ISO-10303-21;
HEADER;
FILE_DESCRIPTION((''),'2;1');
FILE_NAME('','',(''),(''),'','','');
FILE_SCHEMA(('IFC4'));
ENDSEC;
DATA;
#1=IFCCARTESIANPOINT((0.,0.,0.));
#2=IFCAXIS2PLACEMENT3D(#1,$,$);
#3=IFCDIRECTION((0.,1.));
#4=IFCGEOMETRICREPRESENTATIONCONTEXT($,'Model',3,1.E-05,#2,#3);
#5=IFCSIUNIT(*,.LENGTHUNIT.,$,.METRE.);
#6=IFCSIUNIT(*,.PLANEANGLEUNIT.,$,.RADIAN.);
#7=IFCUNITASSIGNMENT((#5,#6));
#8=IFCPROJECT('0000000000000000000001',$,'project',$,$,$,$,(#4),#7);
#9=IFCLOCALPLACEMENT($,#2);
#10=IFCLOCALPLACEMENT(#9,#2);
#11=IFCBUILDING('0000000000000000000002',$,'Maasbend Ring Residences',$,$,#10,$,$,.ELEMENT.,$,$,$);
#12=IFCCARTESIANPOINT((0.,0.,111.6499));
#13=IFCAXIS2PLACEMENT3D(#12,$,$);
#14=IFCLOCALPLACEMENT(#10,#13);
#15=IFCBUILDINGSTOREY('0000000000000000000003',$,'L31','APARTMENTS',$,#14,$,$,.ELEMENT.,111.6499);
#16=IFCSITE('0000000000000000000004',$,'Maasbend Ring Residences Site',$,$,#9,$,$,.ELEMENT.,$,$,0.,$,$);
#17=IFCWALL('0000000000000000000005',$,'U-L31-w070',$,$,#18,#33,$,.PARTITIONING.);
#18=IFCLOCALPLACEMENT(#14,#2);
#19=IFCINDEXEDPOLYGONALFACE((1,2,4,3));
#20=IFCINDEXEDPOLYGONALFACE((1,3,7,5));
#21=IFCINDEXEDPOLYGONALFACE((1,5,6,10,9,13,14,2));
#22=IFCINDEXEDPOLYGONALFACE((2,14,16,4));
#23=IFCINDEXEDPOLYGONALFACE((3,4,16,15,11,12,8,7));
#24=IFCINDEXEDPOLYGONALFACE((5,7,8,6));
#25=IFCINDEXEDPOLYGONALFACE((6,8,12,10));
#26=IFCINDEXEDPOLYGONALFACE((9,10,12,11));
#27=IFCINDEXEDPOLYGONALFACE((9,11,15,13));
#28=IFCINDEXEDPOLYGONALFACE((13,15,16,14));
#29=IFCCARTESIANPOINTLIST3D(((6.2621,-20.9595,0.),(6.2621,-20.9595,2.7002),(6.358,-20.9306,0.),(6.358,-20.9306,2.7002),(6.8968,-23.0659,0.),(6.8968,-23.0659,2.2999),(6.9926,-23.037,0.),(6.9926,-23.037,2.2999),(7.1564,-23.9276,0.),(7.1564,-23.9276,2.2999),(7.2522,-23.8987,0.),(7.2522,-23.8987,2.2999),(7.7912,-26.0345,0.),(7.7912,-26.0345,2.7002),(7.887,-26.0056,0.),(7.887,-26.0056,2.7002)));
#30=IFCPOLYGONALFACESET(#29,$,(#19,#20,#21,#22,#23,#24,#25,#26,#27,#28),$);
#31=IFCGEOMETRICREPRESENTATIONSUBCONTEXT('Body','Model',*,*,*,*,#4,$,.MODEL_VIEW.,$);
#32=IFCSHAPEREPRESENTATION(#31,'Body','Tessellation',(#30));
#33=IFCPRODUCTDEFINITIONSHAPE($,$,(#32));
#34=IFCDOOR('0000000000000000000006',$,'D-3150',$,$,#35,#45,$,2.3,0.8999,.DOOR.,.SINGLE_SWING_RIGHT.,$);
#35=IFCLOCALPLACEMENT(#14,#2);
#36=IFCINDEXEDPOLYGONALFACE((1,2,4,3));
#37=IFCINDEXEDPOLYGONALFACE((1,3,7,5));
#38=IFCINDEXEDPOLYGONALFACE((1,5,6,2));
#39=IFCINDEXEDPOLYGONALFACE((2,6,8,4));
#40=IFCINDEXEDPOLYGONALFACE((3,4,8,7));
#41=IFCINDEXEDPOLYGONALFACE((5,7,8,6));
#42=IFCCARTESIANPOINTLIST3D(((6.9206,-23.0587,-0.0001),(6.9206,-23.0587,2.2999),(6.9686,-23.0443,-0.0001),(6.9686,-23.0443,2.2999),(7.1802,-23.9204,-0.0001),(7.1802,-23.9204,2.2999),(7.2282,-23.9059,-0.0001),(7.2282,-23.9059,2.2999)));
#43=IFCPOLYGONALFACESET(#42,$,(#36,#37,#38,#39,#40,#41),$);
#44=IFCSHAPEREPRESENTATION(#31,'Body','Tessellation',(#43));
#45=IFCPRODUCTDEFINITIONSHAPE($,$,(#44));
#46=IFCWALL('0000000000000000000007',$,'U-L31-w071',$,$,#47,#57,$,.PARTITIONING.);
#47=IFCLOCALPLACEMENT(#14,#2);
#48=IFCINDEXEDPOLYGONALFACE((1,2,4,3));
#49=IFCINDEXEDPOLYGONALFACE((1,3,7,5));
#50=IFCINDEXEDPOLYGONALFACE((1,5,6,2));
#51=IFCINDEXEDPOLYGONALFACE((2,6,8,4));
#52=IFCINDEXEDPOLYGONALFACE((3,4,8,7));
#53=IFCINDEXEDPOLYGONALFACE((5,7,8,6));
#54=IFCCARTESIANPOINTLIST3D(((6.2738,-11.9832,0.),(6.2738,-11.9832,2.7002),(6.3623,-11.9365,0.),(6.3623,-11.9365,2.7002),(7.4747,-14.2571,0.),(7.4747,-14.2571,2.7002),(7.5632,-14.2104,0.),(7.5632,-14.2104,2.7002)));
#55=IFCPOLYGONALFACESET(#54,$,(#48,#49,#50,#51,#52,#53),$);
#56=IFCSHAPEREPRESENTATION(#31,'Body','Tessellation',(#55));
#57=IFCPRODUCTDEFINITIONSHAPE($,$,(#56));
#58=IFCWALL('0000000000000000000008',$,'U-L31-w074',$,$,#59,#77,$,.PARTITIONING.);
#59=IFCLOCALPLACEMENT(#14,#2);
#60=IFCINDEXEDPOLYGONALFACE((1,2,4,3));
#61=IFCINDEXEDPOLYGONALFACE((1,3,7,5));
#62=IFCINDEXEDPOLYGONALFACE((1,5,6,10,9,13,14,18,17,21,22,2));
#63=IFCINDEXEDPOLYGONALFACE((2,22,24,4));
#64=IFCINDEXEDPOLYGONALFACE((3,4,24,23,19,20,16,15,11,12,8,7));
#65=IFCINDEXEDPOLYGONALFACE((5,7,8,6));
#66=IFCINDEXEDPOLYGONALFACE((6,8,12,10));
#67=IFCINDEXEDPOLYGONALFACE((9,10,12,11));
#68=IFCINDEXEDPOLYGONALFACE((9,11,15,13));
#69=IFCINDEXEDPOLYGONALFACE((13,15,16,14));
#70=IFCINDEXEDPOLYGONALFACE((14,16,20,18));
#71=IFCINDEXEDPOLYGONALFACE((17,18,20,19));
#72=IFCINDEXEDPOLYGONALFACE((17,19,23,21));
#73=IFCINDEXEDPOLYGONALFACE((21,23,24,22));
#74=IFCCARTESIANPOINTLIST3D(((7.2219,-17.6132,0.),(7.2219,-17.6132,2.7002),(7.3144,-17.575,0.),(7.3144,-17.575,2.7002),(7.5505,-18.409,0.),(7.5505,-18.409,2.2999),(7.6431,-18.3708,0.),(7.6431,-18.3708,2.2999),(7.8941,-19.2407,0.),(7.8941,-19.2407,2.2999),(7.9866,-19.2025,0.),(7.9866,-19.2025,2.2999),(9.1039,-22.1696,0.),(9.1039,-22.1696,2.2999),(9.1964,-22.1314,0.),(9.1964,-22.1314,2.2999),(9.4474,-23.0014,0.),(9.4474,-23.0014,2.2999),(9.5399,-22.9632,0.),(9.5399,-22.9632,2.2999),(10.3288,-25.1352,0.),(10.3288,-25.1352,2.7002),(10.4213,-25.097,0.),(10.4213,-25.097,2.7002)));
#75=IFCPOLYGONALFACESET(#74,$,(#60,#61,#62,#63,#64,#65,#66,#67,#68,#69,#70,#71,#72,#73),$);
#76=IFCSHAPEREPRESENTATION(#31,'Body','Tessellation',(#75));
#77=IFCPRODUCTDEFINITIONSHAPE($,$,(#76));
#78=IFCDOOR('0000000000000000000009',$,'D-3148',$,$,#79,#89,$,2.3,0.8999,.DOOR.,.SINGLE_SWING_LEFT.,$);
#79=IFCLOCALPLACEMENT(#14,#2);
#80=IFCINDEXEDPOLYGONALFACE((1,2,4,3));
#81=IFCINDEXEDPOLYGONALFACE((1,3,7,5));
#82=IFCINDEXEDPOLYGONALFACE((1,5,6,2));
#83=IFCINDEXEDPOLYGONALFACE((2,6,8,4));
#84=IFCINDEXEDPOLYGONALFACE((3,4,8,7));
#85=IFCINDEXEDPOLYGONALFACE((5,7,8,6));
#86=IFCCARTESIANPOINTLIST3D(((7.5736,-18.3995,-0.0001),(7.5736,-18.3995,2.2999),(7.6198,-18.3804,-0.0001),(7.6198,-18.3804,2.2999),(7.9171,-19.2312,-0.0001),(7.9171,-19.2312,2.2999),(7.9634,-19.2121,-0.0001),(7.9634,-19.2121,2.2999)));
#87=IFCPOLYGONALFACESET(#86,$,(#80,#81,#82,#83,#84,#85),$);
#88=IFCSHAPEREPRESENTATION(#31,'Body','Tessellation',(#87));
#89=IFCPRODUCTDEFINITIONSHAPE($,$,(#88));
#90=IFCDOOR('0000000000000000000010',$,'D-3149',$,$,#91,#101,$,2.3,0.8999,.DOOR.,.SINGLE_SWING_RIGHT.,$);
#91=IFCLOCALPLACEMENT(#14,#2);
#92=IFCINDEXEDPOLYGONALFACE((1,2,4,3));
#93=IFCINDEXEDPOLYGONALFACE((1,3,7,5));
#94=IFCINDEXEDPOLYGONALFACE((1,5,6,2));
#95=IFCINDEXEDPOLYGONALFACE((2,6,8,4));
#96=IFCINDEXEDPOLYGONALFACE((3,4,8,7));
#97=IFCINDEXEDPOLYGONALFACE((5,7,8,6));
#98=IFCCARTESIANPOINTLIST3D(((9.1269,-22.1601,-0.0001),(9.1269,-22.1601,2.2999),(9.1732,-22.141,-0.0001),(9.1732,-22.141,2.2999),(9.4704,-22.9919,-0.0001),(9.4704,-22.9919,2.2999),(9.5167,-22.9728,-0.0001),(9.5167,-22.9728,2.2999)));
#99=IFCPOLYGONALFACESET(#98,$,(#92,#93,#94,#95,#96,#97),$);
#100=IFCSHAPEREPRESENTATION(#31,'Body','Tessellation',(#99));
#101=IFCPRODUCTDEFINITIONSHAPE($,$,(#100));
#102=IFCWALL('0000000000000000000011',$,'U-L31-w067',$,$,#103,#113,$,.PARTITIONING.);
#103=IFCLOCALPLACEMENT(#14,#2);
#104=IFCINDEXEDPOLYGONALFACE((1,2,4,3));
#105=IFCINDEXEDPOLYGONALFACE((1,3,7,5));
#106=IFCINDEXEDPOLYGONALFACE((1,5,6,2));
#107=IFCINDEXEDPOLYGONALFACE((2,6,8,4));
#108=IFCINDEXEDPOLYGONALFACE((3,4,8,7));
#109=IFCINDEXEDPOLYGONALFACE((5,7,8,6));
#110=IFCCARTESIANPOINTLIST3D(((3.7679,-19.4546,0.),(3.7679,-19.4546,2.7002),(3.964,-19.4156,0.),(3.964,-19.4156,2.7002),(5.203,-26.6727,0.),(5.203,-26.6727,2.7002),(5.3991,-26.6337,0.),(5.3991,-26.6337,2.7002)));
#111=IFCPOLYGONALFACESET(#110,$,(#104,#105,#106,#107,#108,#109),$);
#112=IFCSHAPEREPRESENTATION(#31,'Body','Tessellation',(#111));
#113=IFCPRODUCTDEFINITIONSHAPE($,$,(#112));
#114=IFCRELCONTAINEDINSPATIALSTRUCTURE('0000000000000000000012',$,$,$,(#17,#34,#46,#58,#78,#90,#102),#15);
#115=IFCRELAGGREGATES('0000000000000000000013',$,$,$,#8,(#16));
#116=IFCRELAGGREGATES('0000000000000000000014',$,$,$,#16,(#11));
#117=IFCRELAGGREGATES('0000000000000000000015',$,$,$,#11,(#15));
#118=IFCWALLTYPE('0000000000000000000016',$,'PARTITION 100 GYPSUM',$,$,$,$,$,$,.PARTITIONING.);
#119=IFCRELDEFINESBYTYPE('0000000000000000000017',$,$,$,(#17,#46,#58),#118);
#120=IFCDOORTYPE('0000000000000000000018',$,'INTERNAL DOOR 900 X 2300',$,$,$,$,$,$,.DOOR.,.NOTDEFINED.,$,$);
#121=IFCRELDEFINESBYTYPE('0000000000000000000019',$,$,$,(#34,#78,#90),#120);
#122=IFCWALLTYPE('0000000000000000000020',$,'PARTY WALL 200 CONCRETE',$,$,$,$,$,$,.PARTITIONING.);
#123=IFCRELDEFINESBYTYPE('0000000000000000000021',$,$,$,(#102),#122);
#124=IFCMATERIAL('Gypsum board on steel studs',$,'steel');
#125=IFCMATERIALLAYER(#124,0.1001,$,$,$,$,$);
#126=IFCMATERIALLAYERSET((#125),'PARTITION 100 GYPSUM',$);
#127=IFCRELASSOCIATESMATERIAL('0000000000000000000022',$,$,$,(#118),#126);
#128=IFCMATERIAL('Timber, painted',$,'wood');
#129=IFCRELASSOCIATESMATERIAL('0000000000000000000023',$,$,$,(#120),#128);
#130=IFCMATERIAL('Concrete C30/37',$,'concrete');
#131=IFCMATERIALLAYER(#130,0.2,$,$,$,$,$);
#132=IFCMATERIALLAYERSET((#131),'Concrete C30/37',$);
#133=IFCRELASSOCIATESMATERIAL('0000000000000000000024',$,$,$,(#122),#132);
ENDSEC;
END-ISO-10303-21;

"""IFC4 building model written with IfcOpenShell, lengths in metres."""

from ifc_helpers import new_model, si_unit, direction, frame, frame_2d, origin, place, context, subcontext, project, spatial, rectangle, extrude, material, layer, layer_set, type_object, element, fill, save


model = new_model("IFC4")

# Units and contexts
model_context = context("Model", 3, precision=1e-05, world=origin(), true_north=direction((0.0, 1.0)))
body_context = subcontext(model_context, "Body", "Model", "MODEL_VIEW")
ifc_project = project(units=[si_unit("LENGTHUNIT", "METRE"), si_unit("PLANEANGLEUNIT", "RADIAN")], contexts=[model_context])

# Site, building, storey
site_placement = place(None, origin())
site = spatial("IfcSite", under=ifc_project, at=site_placement, Name="Maasbend Ring Residences Site", CompositionType="ELEMENT", RefElevation=0.0)
building_placement = place(site_placement, origin())
building = spatial("IfcBuilding", under=site, at=building_placement, Name="Maasbend Ring Residences", CompositionType="ELEMENT")
storey_placement = place(building_placement, frame((0.0, 0.0, 111.6499)))
storey = spatial("IfcBuildingStorey", under=building, at=storey_placement, Name="L31", Description="APARTMENTS", CompositionType="ELEMENT", Elevation=111.6499)

# Shared definitions
ifc_material_1 = material(Name="Gypsum board on steel studs", Category="steel")
ifc_layer_1 = layer(ifc_material_1, 0.1001)
ifc_layer_set_1 = layer_set([ifc_layer_1], Name="PARTITION 100 GYPSUM")
wall_type_1 = type_object("IfcWallType", Name="PARTITION 100 GYPSUM", PredefinedType="PARTITIONING", material=ifc_layer_set_1)

# Shared definitions
ifc_material_2 = material(Name="Timber, painted", Category="wood")
door_type_1 = type_object("IfcDoorType", Name="INTERNAL DOOR 900 X 2300", OperationType="NOTDEFINED", PredefinedType="DOOR", material=ifc_material_2)

# Wall, opening, door
wall_1_placement = place(storey_placement, frame((6.3101, -20.9451, 0.0), z_axis=(0.0, 0.0, 1.0), x_axis=(0.288484, -0.957485, 0.0)))
wall_1 = element("IfcWall", 1, at=wall_1_placement, inside=storey, type_object=wall_type_1, Name="U-L31-w070", PredefinedType="PARTITIONING", context=body_context, shape_type="SweptSolid", body=[
    extrude(rectangle(XDim=5.3003, YDim=0.1001, at=frame_2d((2.6501, 0.0))), origin(), (0.0, 0.0, 1.0), 2.7002),
])
opening_1_placement = place(wall_1_placement, frame((2.2, 0.0, 0.0)))
opening_1 = element("IfcOpeningElement", 2, at=opening_1_placement, cuts=wall_1, PredefinedType="OPENING", context=body_context, shape_type="SweptSolid", body=[
    extrude(rectangle(XDim=0.8999, YDim=2.3, at=frame_2d((0.45, 1.1499))), frame((0.0, 0.0601, 0.0), z_axis=(0.0, -1.0, 0.0), x_axis=(1.0, 0.0, 0.0)), (0.0, 0.0, 1.0), 0.1201),
])
door_1_placement = place(opening_1_placement, origin())
door_1 = element("IfcDoor", 3, at=door_1_placement, inside=storey, type_object=door_type_1, Name="D-3150", OperationType="SINGLE_SWING_RIGHT", OverallHeight=2.3, OverallWidth=0.8999, PredefinedType="DOOR", context=body_context, shape_type="SweptSolid", body=[
    extrude(rectangle(XDim=0.8999, YDim=2.3, at=frame_2d((0.45, 1.1499))), frame((0.0, 0.0249, 0.0), z_axis=(0.0, -1.0, 0.0), x_axis=(1.0, 0.0, 0.0)), (0.0, 0.0, 1.0), 0.05),
])
fill(opening_1, door_1)

# Wall
wall_2_placement = place(storey_placement, frame((6.3181, -11.96, 0.0), z_axis=(0.0, 0.0, 1.0), x_axis=(0.467002, -0.884256, 0.0)))
element("IfcWall", 4, at=wall_2_placement, inside=storey, type_object=wall_type_1, Name="U-L31-w071", PredefinedType="PARTITIONING", context=body_context, shape_type="SweptSolid", body=[
    extrude(rectangle(XDim=2.5715, YDim=0.1001, at=frame_2d((1.2856, 0.0))), origin(), (0.0, 0.0, 1.0), 2.7002),
])

# Wall, openings, doors
wall_3_placement = place(storey_placement, frame((7.2681, -17.594, 0.0), z_axis=(0.0, 0.0, 1.0), x_axis=(0.381763, -0.92426, 0.0)))
wall_3 = element("IfcWall", 5, at=wall_3_placement, inside=storey, type_object=wall_type_1, Name="U-L31-w074", PredefinedType="PARTITIONING", context=body_context, shape_type="SweptSolid", body=[
    extrude(rectangle(XDim=8.1384, YDim=0.1001, at=frame_2d((4.0693, 0.0))), origin(), (0.0, 0.0, 1.0), 2.7002),
])
opening_2_placement = place(wall_3_placement, frame((0.8611, 0.0, 0.0)))
opening_2 = element("IfcOpeningElement", 6, at=opening_2_placement, cuts=wall_3, PredefinedType="OPENING", context=body_context, shape_type="SweptSolid", body=[
    extrude(rectangle(XDim=0.8999, YDim=2.3, at=frame_2d((0.45, 1.1499))), frame((0.0, 0.0601, 0.0), z_axis=(0.0, -1.0, 0.0), x_axis=(1.0, 0.0, 0.0)), (0.0, 0.0, 1.0), 0.1201),
])
opening_3_placement = place(wall_3_placement, frame((4.9299, 0.0, 0.0)))
opening_3 = element("IfcOpeningElement", 7, at=opening_3_placement, cuts=wall_3, PredefinedType="OPENING", context=body_context, shape_type="SweptSolid", body=[
    extrude(rectangle(XDim=0.8999, YDim=2.3, at=frame_2d((0.45, 1.1499))), frame((0.0, 0.0601, 0.0), z_axis=(0.0, -1.0, 0.0), x_axis=(1.0, 0.0, 0.0)), (0.0, 0.0, 1.0), 0.1201),
])
door_2_placement = place(opening_2_placement, origin())
door_2 = element("IfcDoor", 8, at=door_2_placement, inside=storey, type_object=door_type_1, Name="D-3148", OperationType="SINGLE_SWING_LEFT", OverallHeight=2.3, OverallWidth=0.8999, PredefinedType="DOOR", context=body_context, shape_type="SweptSolid", body=[
    extrude(rectangle(XDim=0.8999, YDim=2.3, at=frame_2d((0.45, 1.1499))), frame((0.0, 0.0249, 0.0), z_axis=(0.0, -1.0, 0.0), x_axis=(1.0, 0.0, 0.0)), (0.0, 0.0, 1.0), 0.05),
])
fill(opening_2, door_2)
door_3_placement = place(opening_3_placement, origin())
door_3 = element("IfcDoor", 9, at=door_3_placement, inside=storey, type_object=door_type_1, Name="D-3149", OperationType="SINGLE_SWING_RIGHT", OverallHeight=2.3, OverallWidth=0.8999, PredefinedType="DOOR", context=body_context, shape_type="SweptSolid", body=[
    extrude(rectangle(XDim=0.8999, YDim=2.3, at=frame_2d((0.45, 1.1499))), frame((0.0, 0.0249, 0.0), z_axis=(0.0, -1.0, 0.0), x_axis=(1.0, 0.0, 0.0)), (0.0, 0.0, 1.0), 0.05),
])
fill(opening_3, door_3)

# Wall
ifc_material_3 = material(Name="Concrete C30/37", Category="concrete")
ifc_layer_2 = layer(ifc_material_3, 0.2)
ifc_layer_set_2 = layer_set([ifc_layer_2], Name="Concrete C30/37")
wall_type_2 = type_object("IfcWallType", Name="PARTY WALL 200 CONCRETE", PredefinedType="PARTITIONING", material=ifc_layer_set_2)
wall_4_placement = place(storey_placement, frame((3.866, -19.4351, 0.0), z_axis=(0.0, 0.0, 1.0), x_axis=(0.195, -0.980803, 0.0)))
element("IfcWall", 10, at=wall_4_placement, inside=storey, type_object=wall_type_2, Name="U-L31-w067", PredefinedType="PARTITIONING", context=body_context, shape_type="SweptSolid", body=[
    extrude(rectangle(XDim=7.3594, YDim=0.2, at=frame_2d((3.6797, 0.0))), origin(), (0.0, 0.0, 1.0), 2.7002),
])

save(model, "model.ifc")
